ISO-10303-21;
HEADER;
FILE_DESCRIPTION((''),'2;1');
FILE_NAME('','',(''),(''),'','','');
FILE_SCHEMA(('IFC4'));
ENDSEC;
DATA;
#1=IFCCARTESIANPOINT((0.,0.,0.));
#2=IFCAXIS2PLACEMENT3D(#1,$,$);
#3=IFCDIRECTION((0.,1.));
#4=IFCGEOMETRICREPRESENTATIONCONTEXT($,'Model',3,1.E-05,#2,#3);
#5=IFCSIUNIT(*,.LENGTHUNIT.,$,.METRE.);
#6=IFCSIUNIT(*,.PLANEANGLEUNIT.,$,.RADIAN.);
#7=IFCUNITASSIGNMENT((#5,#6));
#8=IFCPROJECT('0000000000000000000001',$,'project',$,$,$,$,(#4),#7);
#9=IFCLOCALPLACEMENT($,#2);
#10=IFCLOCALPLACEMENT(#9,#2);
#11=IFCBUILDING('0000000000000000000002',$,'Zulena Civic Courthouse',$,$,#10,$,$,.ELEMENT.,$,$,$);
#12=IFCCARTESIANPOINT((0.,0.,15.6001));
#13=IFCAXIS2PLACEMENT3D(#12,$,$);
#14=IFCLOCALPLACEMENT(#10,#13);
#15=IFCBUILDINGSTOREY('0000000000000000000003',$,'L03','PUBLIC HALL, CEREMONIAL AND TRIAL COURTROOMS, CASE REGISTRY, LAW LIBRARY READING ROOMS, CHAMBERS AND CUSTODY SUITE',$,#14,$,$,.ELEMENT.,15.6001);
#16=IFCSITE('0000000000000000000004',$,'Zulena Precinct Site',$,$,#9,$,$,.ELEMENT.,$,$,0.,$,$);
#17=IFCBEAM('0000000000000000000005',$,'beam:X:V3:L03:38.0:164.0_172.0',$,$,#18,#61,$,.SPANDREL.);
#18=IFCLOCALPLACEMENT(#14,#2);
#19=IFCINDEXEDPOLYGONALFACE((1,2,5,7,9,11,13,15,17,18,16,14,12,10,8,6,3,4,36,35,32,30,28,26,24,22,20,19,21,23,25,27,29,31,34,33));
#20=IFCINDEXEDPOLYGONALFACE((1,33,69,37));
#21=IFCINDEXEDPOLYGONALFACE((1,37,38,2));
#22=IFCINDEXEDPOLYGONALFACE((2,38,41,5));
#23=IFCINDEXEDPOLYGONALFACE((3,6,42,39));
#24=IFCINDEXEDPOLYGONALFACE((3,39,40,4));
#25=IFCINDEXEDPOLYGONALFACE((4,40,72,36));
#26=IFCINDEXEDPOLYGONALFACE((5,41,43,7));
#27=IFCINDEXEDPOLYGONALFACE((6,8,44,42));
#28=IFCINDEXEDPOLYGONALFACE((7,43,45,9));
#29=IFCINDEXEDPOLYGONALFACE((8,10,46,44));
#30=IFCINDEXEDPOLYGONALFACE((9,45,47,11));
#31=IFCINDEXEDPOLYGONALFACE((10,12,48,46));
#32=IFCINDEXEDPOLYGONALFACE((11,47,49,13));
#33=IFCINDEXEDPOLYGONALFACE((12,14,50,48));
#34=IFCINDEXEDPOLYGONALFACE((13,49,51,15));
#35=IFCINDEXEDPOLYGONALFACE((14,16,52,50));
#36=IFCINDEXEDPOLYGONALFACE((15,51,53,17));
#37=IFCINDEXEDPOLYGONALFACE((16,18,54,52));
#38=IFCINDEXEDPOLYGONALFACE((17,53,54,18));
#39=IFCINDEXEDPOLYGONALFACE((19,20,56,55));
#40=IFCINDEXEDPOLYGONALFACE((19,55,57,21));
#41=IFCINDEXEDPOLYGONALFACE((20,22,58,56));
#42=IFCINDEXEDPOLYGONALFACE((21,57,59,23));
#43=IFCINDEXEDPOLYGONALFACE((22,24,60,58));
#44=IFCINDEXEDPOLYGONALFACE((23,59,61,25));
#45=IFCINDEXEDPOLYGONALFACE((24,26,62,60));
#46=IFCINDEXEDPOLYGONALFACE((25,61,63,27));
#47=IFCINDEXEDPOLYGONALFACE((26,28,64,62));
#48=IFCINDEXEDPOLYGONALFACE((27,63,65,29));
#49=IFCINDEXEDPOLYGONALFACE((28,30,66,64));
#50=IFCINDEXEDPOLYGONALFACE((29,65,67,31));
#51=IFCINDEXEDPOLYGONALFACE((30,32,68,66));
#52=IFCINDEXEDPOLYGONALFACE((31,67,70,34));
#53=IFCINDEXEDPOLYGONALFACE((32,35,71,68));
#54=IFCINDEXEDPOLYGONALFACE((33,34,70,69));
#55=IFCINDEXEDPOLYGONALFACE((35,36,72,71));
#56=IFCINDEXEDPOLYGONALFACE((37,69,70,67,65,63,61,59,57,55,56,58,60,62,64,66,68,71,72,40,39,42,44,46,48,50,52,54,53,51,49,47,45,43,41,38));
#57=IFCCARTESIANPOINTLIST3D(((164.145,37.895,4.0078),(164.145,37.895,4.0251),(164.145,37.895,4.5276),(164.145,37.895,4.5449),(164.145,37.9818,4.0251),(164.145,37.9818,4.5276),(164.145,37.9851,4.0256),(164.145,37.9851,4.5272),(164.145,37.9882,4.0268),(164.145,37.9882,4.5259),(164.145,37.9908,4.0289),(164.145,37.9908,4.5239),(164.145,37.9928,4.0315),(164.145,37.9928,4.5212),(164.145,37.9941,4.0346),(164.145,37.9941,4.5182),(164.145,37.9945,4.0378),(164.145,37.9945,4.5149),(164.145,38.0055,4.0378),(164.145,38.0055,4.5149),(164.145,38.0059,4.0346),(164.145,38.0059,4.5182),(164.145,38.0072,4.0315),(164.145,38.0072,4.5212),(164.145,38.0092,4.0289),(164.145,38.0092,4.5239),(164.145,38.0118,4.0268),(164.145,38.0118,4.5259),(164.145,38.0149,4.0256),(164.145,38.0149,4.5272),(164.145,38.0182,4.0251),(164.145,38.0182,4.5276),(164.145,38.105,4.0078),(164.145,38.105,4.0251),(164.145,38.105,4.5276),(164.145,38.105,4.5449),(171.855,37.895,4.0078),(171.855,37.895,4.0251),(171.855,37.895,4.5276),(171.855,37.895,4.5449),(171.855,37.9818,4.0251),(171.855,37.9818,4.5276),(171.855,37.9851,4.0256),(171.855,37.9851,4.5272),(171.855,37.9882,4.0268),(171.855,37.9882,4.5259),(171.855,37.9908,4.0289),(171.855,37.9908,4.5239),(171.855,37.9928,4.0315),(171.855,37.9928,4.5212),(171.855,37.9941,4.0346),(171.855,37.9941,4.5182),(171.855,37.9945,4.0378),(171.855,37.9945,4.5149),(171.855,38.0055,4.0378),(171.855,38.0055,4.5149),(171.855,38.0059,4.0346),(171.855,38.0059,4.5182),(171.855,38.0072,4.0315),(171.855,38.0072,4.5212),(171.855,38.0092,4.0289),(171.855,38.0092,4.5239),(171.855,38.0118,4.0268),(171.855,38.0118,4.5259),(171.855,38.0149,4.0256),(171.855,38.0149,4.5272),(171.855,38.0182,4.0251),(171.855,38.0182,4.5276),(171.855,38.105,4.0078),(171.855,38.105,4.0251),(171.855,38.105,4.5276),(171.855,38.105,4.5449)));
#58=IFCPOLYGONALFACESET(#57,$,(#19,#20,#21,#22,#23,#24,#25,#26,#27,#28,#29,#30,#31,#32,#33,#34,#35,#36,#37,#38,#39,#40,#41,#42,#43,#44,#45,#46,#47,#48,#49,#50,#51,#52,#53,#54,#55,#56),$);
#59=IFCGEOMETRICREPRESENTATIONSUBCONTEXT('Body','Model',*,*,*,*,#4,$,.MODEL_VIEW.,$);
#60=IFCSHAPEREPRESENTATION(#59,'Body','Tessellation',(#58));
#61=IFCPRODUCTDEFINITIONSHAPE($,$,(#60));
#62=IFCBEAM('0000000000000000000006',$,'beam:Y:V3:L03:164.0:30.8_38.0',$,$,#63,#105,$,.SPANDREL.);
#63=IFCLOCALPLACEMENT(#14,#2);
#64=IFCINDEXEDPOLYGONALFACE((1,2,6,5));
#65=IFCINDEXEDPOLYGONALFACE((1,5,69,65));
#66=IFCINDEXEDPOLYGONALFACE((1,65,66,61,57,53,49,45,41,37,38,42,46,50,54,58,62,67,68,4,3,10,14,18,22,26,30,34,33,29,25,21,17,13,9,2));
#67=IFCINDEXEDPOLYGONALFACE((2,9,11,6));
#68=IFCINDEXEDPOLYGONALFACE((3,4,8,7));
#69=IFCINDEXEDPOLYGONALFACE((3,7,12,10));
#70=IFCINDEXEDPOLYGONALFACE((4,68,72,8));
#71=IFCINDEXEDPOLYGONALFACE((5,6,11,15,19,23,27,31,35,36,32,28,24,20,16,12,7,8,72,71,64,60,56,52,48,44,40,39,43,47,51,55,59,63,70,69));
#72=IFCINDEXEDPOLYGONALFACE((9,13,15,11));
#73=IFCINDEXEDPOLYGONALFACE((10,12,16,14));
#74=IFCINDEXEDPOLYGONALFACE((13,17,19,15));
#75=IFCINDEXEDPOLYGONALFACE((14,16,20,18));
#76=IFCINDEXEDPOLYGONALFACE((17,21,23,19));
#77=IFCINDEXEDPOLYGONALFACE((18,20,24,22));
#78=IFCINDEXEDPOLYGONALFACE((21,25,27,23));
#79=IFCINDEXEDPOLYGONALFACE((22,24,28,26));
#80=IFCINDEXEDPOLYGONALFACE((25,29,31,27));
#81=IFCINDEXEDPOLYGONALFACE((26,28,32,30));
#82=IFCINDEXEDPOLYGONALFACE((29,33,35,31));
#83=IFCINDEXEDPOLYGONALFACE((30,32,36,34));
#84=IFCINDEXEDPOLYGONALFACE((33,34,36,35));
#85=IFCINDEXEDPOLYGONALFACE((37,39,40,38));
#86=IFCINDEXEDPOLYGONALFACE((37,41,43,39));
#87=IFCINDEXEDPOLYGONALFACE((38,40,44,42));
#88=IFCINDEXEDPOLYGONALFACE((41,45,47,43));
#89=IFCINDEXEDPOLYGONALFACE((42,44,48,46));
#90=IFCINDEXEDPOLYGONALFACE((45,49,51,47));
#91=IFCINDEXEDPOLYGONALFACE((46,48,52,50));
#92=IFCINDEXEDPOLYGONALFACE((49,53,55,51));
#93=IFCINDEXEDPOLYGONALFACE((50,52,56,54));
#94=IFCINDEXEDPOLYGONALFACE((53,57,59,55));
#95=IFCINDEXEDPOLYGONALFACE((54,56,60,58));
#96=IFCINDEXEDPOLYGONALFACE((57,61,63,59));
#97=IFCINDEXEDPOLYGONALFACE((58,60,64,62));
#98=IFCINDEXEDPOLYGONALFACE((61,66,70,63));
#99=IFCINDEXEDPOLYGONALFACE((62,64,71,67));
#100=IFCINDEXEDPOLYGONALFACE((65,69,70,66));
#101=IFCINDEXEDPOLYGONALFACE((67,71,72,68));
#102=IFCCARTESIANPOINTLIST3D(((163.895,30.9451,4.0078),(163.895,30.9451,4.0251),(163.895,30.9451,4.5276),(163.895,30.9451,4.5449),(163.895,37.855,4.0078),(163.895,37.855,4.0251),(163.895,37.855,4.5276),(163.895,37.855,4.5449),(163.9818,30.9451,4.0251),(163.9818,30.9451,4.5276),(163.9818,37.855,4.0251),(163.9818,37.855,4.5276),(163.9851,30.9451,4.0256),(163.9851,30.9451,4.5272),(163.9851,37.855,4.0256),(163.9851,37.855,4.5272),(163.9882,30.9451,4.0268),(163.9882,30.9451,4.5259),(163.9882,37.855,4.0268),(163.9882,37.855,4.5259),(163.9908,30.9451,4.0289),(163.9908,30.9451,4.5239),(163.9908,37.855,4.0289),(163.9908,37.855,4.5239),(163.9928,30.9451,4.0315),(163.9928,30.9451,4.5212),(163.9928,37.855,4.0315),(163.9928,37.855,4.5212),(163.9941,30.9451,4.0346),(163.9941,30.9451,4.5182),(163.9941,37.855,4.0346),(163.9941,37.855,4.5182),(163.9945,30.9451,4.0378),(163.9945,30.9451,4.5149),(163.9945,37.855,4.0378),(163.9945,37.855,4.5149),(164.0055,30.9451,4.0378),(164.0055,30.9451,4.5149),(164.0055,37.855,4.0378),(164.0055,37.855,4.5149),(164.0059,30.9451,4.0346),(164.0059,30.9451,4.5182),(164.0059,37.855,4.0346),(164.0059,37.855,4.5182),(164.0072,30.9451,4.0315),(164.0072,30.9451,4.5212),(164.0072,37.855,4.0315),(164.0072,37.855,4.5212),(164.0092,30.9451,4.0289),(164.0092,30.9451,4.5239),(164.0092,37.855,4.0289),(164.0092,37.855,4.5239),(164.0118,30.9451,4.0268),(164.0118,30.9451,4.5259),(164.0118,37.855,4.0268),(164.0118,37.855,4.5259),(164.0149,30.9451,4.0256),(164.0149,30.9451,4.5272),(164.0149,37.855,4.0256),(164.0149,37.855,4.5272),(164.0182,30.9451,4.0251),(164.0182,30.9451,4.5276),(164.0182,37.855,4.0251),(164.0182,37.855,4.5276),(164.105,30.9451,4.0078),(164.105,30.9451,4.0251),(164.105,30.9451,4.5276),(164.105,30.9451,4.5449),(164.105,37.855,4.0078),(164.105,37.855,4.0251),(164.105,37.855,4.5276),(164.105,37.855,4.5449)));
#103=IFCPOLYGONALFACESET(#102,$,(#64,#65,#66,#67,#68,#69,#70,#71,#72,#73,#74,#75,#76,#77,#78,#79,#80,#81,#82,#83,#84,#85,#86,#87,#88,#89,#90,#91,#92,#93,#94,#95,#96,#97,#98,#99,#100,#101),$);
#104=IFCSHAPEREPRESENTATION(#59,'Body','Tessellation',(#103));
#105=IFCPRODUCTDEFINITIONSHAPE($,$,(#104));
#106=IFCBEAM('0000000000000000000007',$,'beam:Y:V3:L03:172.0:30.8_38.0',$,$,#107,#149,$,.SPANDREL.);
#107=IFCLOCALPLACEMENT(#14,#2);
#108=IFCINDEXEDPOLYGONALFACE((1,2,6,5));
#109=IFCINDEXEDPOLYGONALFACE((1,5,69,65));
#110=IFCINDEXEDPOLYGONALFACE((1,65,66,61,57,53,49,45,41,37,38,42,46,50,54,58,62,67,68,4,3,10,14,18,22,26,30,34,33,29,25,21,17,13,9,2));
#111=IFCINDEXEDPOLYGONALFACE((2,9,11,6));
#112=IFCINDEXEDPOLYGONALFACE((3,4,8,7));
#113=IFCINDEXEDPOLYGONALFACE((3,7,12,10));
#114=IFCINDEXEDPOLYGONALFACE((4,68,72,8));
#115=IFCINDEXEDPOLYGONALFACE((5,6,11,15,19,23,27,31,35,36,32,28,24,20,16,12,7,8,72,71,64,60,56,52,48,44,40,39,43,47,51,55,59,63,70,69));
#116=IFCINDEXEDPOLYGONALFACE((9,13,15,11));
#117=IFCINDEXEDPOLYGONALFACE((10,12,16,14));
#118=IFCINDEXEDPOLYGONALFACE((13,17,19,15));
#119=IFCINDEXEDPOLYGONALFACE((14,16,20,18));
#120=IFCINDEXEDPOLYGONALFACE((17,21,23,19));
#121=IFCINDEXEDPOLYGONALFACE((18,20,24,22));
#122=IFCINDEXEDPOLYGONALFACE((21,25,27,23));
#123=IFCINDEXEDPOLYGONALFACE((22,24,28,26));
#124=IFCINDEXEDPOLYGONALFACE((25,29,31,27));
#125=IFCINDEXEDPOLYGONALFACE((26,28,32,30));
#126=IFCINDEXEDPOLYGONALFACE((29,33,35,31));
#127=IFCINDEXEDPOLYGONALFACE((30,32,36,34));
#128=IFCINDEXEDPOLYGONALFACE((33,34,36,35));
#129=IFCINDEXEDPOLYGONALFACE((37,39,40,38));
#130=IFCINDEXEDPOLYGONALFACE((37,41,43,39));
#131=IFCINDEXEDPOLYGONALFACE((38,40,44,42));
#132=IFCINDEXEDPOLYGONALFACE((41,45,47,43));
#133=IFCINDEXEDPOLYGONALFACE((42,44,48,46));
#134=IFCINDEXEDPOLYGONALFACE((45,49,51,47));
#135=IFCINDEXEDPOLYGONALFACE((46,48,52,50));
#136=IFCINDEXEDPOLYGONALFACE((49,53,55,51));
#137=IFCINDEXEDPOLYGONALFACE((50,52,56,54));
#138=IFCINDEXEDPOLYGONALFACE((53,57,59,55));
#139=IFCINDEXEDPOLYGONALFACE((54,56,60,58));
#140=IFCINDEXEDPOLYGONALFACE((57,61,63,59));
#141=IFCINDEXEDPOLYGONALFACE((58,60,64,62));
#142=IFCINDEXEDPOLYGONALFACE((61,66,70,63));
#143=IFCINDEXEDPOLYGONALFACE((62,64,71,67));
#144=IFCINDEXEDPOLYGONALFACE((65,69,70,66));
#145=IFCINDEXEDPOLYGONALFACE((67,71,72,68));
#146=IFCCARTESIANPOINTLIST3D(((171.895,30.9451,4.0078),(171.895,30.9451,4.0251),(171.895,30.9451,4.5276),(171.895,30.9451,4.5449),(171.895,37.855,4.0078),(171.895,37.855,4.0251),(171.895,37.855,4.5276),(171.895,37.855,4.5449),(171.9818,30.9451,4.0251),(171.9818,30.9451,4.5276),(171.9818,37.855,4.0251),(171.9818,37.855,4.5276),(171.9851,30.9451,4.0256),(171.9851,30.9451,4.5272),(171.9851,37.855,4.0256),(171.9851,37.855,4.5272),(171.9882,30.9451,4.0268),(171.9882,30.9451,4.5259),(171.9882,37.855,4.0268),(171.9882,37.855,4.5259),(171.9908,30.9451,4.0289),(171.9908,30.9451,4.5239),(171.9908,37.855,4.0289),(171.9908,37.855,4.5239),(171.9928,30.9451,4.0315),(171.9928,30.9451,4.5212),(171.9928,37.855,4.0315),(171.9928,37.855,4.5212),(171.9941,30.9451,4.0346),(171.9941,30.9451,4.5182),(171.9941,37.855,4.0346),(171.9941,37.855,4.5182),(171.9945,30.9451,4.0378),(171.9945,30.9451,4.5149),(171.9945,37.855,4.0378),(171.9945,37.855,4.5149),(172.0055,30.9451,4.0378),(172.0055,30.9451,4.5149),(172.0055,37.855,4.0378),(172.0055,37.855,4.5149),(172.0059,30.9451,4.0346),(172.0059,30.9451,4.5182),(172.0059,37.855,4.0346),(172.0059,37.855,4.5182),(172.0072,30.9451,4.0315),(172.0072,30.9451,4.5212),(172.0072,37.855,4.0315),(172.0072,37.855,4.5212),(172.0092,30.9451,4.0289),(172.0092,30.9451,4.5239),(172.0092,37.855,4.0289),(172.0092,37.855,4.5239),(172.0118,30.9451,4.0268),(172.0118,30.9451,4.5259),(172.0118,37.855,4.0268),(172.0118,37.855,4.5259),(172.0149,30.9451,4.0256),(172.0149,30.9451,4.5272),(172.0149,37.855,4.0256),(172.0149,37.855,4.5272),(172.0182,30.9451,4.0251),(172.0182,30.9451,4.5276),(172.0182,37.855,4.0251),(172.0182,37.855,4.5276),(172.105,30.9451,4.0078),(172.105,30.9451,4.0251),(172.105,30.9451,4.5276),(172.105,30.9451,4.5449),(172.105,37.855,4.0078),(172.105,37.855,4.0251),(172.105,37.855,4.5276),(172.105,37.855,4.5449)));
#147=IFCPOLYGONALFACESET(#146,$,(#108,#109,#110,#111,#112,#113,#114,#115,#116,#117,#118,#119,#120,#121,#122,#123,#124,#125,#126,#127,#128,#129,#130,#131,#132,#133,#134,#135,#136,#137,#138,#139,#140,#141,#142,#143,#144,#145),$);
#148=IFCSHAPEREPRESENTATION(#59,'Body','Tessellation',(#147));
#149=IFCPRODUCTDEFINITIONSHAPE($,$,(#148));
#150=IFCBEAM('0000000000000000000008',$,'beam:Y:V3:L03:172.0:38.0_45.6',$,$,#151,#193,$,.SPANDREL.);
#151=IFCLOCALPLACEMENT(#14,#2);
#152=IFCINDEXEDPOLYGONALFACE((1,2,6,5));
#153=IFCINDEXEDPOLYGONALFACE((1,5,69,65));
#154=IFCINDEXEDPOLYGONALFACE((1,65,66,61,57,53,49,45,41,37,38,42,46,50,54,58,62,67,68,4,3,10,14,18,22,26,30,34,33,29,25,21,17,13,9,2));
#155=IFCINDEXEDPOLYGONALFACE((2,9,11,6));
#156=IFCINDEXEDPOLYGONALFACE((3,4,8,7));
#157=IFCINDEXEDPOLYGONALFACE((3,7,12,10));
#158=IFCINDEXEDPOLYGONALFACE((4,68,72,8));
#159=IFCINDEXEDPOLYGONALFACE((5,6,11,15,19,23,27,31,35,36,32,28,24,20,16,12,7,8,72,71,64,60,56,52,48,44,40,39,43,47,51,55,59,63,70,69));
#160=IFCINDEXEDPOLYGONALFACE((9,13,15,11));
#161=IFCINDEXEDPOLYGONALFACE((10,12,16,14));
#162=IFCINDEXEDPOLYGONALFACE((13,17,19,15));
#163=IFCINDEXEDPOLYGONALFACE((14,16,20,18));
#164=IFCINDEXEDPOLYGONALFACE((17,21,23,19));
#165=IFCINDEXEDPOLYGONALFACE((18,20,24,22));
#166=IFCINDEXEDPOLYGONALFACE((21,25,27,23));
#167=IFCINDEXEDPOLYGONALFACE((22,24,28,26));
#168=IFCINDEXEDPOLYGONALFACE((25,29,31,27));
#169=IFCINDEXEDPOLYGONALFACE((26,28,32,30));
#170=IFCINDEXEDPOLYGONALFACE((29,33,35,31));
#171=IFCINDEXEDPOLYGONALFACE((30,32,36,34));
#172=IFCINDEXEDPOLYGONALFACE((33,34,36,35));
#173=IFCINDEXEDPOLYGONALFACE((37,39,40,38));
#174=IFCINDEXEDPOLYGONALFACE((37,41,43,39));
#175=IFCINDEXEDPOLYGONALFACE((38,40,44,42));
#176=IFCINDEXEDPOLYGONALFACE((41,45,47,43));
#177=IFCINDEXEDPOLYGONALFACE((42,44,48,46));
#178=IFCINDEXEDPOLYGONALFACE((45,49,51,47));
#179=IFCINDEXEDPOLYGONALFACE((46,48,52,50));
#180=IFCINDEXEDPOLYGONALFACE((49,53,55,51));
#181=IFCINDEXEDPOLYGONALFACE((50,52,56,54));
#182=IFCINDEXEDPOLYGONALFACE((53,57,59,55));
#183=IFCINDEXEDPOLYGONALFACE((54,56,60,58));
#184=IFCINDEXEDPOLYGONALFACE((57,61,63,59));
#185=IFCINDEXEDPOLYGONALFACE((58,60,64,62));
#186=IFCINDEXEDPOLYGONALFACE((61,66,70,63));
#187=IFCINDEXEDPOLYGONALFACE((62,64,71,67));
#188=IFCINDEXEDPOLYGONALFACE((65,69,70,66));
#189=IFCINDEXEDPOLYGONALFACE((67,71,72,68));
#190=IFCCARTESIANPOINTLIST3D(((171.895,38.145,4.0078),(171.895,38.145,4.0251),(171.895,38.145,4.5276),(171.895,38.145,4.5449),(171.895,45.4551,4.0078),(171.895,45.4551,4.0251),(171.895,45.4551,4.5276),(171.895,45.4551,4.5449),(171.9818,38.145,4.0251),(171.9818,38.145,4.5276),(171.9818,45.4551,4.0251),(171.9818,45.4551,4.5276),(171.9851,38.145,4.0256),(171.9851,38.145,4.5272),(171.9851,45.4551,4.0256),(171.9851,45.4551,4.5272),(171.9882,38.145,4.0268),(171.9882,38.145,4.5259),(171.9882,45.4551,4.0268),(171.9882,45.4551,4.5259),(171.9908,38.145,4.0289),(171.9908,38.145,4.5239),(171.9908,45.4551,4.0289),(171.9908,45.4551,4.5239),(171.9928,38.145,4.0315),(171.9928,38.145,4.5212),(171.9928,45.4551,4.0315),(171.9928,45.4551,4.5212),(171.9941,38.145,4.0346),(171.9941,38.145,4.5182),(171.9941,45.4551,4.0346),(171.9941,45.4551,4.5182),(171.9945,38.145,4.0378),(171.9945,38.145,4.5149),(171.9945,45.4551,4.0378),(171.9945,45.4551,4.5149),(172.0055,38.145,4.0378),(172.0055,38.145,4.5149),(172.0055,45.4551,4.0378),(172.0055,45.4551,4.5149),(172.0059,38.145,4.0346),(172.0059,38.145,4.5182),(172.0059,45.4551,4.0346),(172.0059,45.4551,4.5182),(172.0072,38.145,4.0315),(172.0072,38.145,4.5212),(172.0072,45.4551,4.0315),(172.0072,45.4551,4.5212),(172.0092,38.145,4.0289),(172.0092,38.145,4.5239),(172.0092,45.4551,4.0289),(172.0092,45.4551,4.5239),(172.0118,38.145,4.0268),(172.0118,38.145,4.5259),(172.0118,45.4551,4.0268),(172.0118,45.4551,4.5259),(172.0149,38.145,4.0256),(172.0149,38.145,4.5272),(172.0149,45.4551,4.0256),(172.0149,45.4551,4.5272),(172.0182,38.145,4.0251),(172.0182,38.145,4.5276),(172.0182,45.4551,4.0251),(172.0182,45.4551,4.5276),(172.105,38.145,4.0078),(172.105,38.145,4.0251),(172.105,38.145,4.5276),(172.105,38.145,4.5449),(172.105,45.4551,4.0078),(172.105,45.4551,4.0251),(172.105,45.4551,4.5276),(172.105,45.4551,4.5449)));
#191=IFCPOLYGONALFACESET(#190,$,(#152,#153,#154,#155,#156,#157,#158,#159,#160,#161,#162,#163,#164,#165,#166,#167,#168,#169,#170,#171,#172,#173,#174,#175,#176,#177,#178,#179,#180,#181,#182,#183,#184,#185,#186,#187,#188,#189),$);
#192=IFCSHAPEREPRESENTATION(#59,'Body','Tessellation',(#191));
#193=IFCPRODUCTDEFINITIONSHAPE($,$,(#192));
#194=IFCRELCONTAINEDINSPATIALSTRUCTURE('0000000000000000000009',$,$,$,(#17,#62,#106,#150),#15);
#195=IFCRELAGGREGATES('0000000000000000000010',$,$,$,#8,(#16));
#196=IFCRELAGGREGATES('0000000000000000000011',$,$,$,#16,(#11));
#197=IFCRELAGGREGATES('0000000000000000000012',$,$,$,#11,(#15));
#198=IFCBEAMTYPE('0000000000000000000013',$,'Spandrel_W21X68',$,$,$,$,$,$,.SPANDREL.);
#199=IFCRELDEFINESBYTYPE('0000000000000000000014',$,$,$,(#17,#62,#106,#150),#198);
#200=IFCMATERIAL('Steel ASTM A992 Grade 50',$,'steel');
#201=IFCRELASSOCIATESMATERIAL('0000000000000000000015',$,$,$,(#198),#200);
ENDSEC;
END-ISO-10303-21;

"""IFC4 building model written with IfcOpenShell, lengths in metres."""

from ifc_helpers import new_model, si_unit, direction, frame, origin, origin_2d, place, context, subcontext, project, spatial, i_section, extrude, material, material_profile, profile_set, type_object, element, save


model = new_model("IFC4")

# Units and contexts
model_context = context("Model", 3, precision=1e-05, world=origin(), true_north=direction((0.0, 1.0)))
body_context = subcontext(model_context, "Body", "Model", "MODEL_VIEW")
ifc_project = project(units=[si_unit("LENGTHUNIT", "METRE"), si_unit("PLANEANGLEUNIT", "RADIAN")], contexts=[model_context])

# Site, building, storey
site_placement = place(None, origin())
site = spatial("IfcSite", under=ifc_project, at=site_placement, Name="Zulena Precinct Site", CompositionType="ELEMENT", RefElevation=0.0)
building_placement = place(site_placement, origin())
building = spatial("IfcBuilding", under=site, at=building_placement, Name="Zulena Civic Courthouse", CompositionType="ELEMENT")
storey_placement = place(building_placement, frame((0.0, 0.0, 15.6001)))
storey = spatial("IfcBuildingStorey", under=building, at=storey_placement, Name="L03", Description="PUBLIC HALL, CEREMONIAL AND TRIAL COURTROOMS, CASE REGISTRY, LAW LIBRARY READING ROOMS, CHAMBERS AND CUSTODY SUITE", CompositionType="ELEMENT", Elevation=15.6001)

# Shared definitions
ifc_material_1 = material(Name="Steel ASTM A992 Grade 50", Category="steel")

# Beams
ifc_material_profile_1 = material_profile(ifc_material_1, i_section(OverallWidth=0.21, OverallDepth=0.5371, WebThickness=0.011, FlangeThickness=0.0173, FilletRadius=0.0127, at=origin_2d()), Name="W21X68")
ifc_profile_set_1 = profile_set([ifc_material_profile_1], Name="Steel ASTM A992 Grade 50")
beam_type_1 = type_object("IfcBeamType", Name="Spandrel_W21X68", PredefinedType="SPANDREL", material=ifc_profile_set_1)
beam_1_placement = place(storey_placement, frame((164.145, 38.0, 4.2764), z_axis=(1.0, 0.0, 0.0), x_axis=(0.0, 1.0, 0.0)))
element("IfcBeam", 1, at=beam_1_placement, inside=storey, type_object=beam_type_1, Name="beam:X:V3:L03:38.0:164.0_172.0", PredefinedType="SPANDREL", context=body_context, shape_type="SweptSolid", body=[
    extrude(i_section(OverallWidth=0.21, OverallDepth=0.5371, WebThickness=0.011, FlangeThickness=0.0173, FilletRadius=0.0127, at=origin_2d()), origin(), (0.0, 0.0, 1.0), 7.71),
])
for number, where, z_axis, x_axis, name in (
    (2, (164.0, 30.9451, 4.2764), (0.0, 1.0, 0.0), (-1.0, 0.0, 0.0), "beam:Y:V3:L03:164.0:30.8_38.0"),
    (3, (172.0, 30.9451, 4.2764), (0.0, 1.0, 0.0), (-1.0, 0.0, 0.0), "beam:Y:V3:L03:172.0:30.8_38.0"),
):
    element("IfcBeam", number, at=place(storey_placement, frame(where, z_axis=z_axis, x_axis=x_axis)), inside=storey, type_object=beam_type_1, Name=name, PredefinedType="SPANDREL", context=body_context, shape_type="SweptSolid", body=[
        extrude(i_section(OverallWidth=0.21, OverallDepth=0.5371, WebThickness=0.011, FlangeThickness=0.0173, FilletRadius=0.0127, at=origin_2d()), origin(), (0.0, 0.0, 1.0), 6.9099),
    ])
beam_2_placement = place(storey_placement, frame((172.0, 38.145, 4.2764), z_axis=(0.0, 1.0, 0.0), x_axis=(-1.0, 0.0, 0.0)))
element("IfcBeam", 4, at=beam_2_placement, inside=storey, type_object=beam_type_1, Name="beam:Y:V3:L03:172.0:38.0_45.6", PredefinedType="SPANDREL", context=body_context, shape_type="SweptSolid", body=[
    extrude(i_section(OverallWidth=0.21, OverallDepth=0.5371, WebThickness=0.011, FlangeThickness=0.0173, FilletRadius=0.0127, at=origin_2d()), origin(), (0.0, 0.0, 1.0), 7.3101),
])

save(model, "model.ifc")
